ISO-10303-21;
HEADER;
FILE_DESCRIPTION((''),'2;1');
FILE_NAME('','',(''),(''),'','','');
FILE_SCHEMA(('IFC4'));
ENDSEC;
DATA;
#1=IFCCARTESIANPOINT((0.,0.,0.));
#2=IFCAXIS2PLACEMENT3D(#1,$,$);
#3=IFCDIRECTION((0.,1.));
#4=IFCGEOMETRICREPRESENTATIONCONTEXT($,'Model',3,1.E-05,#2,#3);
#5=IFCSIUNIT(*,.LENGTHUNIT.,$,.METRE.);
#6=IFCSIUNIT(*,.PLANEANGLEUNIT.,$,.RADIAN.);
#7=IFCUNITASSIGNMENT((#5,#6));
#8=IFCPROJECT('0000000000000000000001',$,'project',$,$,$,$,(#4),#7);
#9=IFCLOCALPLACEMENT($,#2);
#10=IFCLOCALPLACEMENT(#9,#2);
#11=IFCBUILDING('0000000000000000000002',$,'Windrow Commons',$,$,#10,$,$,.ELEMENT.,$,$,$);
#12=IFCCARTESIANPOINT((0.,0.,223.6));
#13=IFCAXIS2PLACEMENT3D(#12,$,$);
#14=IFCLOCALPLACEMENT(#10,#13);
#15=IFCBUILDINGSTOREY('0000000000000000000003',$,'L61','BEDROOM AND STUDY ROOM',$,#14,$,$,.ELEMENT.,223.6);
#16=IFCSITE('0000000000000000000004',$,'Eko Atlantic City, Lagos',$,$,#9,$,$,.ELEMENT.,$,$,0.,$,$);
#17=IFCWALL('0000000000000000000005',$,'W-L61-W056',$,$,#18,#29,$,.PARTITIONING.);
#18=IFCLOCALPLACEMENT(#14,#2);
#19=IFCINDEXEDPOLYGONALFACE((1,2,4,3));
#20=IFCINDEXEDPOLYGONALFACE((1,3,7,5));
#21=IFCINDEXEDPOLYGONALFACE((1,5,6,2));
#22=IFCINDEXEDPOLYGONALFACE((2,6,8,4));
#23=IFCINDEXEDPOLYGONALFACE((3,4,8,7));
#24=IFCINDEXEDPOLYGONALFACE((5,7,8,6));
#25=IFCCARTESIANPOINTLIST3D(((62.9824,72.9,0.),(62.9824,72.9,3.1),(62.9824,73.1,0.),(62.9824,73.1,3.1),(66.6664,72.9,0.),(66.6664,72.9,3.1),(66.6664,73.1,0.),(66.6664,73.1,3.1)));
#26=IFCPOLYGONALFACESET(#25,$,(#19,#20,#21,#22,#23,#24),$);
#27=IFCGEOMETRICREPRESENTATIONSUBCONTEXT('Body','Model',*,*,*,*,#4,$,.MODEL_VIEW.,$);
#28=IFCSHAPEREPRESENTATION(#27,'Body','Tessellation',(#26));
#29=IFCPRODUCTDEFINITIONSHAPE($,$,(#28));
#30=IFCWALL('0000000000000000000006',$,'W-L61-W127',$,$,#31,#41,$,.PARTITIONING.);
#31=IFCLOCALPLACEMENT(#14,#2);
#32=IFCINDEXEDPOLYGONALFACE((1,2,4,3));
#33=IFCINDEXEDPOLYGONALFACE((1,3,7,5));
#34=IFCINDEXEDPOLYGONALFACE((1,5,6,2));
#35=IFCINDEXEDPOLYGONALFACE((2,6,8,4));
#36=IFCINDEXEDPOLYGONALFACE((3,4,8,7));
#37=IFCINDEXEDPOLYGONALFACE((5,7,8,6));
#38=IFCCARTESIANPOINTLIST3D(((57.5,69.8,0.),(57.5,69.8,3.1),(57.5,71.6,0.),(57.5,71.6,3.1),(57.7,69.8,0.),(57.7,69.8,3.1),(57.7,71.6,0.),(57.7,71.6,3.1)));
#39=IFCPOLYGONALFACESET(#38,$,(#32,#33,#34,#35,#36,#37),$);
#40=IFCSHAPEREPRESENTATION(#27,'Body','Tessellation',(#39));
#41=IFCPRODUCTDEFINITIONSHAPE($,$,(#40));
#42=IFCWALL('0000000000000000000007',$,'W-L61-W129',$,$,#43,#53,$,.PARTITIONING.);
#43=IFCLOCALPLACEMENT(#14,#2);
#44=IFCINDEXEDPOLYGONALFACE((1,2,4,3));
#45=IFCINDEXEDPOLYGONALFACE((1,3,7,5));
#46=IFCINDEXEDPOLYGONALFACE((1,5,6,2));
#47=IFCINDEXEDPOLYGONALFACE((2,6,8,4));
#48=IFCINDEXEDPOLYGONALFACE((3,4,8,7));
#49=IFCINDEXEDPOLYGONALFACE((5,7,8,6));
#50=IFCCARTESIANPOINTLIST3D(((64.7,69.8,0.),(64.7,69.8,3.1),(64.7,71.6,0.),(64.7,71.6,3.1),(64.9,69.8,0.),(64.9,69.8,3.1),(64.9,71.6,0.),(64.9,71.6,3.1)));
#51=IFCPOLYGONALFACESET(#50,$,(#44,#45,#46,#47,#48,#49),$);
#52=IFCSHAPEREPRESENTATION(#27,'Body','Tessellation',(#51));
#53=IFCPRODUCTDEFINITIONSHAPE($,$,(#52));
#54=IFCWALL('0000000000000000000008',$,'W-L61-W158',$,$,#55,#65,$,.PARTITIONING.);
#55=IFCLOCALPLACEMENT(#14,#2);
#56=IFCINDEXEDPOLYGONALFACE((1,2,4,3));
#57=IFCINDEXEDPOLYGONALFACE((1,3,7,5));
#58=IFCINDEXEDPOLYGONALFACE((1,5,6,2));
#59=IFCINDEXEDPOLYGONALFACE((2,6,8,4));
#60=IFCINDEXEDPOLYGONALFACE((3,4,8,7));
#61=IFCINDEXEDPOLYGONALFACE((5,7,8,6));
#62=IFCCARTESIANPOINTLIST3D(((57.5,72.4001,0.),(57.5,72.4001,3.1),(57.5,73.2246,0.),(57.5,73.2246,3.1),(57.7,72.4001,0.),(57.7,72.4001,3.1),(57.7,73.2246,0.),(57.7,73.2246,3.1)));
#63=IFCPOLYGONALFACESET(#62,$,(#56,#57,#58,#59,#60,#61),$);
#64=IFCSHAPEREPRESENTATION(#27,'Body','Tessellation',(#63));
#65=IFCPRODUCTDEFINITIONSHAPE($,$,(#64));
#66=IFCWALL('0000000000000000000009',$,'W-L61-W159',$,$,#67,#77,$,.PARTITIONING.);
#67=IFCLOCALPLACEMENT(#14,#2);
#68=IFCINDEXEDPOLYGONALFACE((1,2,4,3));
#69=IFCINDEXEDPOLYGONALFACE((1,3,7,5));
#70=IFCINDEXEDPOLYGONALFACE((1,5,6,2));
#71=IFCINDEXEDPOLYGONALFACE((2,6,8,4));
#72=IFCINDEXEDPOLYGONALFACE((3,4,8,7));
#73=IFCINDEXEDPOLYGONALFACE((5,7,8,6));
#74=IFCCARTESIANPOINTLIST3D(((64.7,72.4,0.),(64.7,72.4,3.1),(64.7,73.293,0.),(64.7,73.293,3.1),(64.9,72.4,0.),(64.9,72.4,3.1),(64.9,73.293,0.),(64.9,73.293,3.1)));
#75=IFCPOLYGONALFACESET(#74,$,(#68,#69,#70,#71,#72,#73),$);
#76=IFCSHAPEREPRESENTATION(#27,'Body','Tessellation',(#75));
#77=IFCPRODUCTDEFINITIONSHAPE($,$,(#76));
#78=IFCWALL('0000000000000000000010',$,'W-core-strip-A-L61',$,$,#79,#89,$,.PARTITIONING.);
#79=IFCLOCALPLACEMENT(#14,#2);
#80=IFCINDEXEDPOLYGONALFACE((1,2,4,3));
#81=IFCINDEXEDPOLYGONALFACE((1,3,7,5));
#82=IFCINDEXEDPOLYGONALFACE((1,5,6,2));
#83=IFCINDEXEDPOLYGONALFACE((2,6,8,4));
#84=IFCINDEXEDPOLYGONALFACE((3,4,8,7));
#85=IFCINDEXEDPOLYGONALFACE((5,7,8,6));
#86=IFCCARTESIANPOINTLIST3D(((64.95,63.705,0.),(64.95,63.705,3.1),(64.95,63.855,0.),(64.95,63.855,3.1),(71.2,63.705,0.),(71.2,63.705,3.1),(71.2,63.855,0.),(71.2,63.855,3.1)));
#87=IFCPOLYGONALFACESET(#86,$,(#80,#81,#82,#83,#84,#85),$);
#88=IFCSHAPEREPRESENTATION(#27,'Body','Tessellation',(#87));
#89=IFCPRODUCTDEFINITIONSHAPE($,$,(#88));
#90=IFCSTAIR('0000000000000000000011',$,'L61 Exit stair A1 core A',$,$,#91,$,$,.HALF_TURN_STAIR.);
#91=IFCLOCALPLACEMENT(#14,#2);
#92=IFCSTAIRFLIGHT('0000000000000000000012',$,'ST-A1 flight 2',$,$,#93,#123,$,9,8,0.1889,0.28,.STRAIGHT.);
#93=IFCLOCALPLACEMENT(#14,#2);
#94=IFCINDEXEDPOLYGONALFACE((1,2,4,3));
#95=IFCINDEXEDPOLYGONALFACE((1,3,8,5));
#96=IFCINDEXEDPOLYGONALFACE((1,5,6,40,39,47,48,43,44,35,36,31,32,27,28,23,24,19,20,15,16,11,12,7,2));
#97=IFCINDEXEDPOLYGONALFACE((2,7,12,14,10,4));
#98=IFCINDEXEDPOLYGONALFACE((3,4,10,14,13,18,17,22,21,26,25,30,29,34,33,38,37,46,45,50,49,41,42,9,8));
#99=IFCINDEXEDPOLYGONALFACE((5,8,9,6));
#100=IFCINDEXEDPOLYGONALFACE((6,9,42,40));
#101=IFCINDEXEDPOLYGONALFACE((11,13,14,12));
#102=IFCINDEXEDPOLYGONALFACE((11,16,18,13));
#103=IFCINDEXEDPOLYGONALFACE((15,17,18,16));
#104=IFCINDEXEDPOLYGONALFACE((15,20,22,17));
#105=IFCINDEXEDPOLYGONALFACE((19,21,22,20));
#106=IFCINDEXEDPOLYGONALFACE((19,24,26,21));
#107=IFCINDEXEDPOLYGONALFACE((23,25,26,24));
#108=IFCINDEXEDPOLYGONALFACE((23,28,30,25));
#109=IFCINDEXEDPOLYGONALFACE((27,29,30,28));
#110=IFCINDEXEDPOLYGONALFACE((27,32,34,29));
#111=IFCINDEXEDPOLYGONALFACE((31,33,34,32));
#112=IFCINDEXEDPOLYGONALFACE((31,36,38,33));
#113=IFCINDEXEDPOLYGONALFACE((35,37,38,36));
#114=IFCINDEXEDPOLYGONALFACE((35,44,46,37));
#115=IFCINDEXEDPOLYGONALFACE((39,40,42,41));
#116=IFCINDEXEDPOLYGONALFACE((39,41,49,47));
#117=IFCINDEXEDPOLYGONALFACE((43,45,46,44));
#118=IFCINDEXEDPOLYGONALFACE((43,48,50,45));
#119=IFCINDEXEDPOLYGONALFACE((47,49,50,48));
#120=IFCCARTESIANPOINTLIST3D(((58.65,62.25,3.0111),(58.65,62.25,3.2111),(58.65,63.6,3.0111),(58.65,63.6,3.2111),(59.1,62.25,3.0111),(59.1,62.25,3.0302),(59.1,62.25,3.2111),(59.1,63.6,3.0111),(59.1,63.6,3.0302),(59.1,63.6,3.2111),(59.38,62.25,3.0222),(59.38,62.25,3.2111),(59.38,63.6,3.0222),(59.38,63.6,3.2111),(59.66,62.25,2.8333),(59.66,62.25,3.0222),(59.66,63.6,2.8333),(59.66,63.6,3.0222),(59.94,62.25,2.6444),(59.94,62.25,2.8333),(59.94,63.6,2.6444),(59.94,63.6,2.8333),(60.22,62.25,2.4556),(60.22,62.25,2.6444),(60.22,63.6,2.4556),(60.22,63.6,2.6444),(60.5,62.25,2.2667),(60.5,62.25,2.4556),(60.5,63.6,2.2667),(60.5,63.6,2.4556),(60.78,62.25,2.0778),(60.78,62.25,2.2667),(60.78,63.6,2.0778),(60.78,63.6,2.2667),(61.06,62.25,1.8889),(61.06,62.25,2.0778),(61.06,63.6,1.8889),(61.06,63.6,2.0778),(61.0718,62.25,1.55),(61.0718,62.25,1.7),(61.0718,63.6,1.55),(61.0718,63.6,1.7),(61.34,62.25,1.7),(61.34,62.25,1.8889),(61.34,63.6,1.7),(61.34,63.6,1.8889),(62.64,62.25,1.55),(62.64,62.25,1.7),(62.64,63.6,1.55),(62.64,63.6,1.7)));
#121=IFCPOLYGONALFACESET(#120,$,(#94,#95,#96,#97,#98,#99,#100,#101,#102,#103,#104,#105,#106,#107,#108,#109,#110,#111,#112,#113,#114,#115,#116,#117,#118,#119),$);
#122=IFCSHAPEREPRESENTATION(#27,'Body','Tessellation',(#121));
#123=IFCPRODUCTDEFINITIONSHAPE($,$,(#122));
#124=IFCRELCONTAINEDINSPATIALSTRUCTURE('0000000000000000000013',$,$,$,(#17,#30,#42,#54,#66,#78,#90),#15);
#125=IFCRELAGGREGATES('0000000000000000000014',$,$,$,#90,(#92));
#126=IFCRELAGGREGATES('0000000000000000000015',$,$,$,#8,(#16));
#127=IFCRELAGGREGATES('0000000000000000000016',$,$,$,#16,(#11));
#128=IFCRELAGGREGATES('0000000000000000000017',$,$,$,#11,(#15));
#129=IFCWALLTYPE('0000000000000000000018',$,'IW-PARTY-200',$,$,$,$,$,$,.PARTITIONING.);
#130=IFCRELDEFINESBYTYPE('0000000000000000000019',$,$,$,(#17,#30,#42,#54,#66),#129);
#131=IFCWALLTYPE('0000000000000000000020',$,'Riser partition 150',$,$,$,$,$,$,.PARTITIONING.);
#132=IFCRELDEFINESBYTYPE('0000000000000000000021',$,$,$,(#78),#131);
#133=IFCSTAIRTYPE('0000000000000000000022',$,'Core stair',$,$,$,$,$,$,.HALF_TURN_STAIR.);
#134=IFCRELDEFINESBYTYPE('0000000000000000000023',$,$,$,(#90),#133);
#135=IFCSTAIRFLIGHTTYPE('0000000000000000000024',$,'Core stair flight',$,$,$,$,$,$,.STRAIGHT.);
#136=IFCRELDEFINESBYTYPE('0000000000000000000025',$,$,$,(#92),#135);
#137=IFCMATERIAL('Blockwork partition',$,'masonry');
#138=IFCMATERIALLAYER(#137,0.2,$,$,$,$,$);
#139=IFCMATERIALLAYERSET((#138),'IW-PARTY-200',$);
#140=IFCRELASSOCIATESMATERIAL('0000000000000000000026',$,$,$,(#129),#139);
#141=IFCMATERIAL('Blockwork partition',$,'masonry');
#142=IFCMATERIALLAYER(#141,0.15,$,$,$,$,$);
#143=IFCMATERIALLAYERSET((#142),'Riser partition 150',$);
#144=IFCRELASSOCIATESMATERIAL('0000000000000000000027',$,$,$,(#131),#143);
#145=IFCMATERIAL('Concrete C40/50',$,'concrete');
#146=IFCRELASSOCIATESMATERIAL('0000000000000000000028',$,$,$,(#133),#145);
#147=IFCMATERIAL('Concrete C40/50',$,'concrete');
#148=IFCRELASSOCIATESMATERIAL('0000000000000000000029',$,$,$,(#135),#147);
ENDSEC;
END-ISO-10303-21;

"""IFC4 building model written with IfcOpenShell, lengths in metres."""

from ifc_helpers import new_model, si_unit, direction, frame, frame_2d, origin, place, context, subcontext, project, spatial, polyline, rectangle, outline, extrude, material, layer, layer_set, type_object, element, aggregate, save


model = new_model("IFC4")

# Units and contexts
model_context = context("Model", 3, precision=1e-05, world=origin(), true_north=direction((0.0, 1.0)))
body_context = subcontext(model_context, "Body", "Model", "MODEL_VIEW")
ifc_project = project(units=[si_unit("LENGTHUNIT", "METRE"), si_unit("PLANEANGLEUNIT", "RADIAN")], contexts=[model_context])

# Site, building, storey
site_placement = place(None, origin())
site = spatial("IfcSite", under=ifc_project, at=site_placement, Name="Eko Atlantic City, Lagos", CompositionType="ELEMENT", RefElevation=0.0)
building_placement = place(site_placement, origin())
building = spatial("IfcBuilding", under=site, at=building_placement, Name="Windrow Commons", CompositionType="ELEMENT")
storey_placement = place(building_placement, frame((0.0, 0.0, 223.6)))
storey = spatial("IfcBuildingStorey", under=building, at=storey_placement, Name="L61", Description="BEDROOM AND STUDY ROOM", CompositionType="ELEMENT", Elevation=223.6)

# Walls
ifc_material_1 = material(Name="Blockwork partition", Category="masonry")
ifc_layer_1 = layer(ifc_material_1, 0.2)
ifc_layer_set_1 = layer_set([ifc_layer_1], Name="IW-PARTY-200")
wall_type_1 = type_object("IfcWallType", Name="IW-PARTY-200", PredefinedType="PARTITIONING", material=ifc_layer_set_1)
wall_1_placement = place(storey_placement, frame((62.9825, 73.0, 0.0), z_axis=(0.0, 0.0, 1.0), x_axis=(1.0, 0.0, 0.0)))
element("IfcWall", 1, at=wall_1_placement, inside=storey, type_object=wall_type_1, Name="W-L61-W056", PredefinedType="PARTITIONING", context=body_context, shape_type="SweptSolid", body=[
    extrude(rectangle(XDim=3.6839, YDim=0.2, at=frame_2d((1.8419, 0.0))), origin(), (0.0, 0.0, 1.0), 3.1),
])
for number, where, z_axis, x_axis, name in (
    (2, (57.6, 69.8, 0.0), (0.0, 0.0, 1.0), (0.0, 1.0, 0.0), "W-L61-W127"),
    (3, (64.8, 69.8, 0.0), (0.0, 0.0, 1.0), (0.0, 1.0, 0.0), "W-L61-W129"),
):
    element("IfcWall", number, at=place(storey_placement, frame(where, z_axis=z_axis, x_axis=x_axis)), inside=storey, type_object=wall_type_1, Name=name, PredefinedType="PARTITIONING", context=body_context, shape_type="SweptSolid", body=[
        extrude(rectangle(XDim=1.8, YDim=0.2, at=frame_2d((0.9, 0.0))), origin(), (0.0, 0.0, 1.0), 3.1),
    ])
wall_2_placement = place(storey_placement, frame((57.6, 72.4, 0.0), z_axis=(0.0, 0.0, 1.0), x_axis=(0.0, 1.0, 0.0)))
element("IfcWall", 4, at=wall_2_placement, inside=storey, type_object=wall_type_1, Name="W-L61-W158", PredefinedType="PARTITIONING", context=body_context, shape_type="SweptSolid", body=[
    extrude(rectangle(XDim=0.8245, YDim=0.2, at=frame_2d((0.4123, 0.0))), origin(), (0.0, 0.0, 1.0), 3.1),
])
wall_3_placement = place(storey_placement, frame((64.8, 72.4, 0.0), z_axis=(0.0, 0.0, 1.0), x_axis=(0.0, 1.0, 0.0)))
element("IfcWall", 5, at=wall_3_placement, inside=storey, type_object=wall_type_1, Name="W-L61-W159", PredefinedType="PARTITIONING", context=body_context, shape_type="SweptSolid", body=[
    extrude(rectangle(XDim=0.893, YDim=0.2, at=frame_2d((0.4465, 0.0))), origin(), (0.0, 0.0, 1.0), 3.1),
])
ifc_material_2 = material(Name="Blockwork partition", Category="masonry")
ifc_layer_2 = layer(ifc_material_2, 0.15)
ifc_layer_set_2 = layer_set([ifc_layer_2], Name="Riser partition 150")
wall_type_2 = type_object("IfcWallType", Name="Riser partition 150", PredefinedType="PARTITIONING", material=ifc_layer_set_2)
wall_4_placement = place(storey_placement, frame((64.95, 63.78, 0.0), z_axis=(0.0, 0.0, 1.0), x_axis=(1.0, 0.0, 0.0)))
element("IfcWall", 6, at=wall_4_placement, inside=storey, type_object=wall_type_2, Name="W-core-strip-A-L61", PredefinedType="PARTITIONING", context=body_context, shape_type="SweptSolid", body=[
    extrude(rectangle(XDim=6.25, YDim=0.15, at=frame_2d((3.125, 0.0))), origin(), (0.0, 0.0, 1.0), 3.1),
])

# Stair, stair flight
ifc_material_3 = material(Name="Concrete C40/50", Category="concrete")
stair_type = type_object("IfcStairType", Name="Core stair", PredefinedType="HALF_TURN_STAIR", material=ifc_material_3)
stair_placement = place(storey_placement, origin())
stair = element("IfcStair", 7, at=stair_placement, inside=storey, type_object=stair_type, Name="L61 Exit stair A1 core A", PredefinedType="HALF_TURN_STAIR")
ifc_material_4 = material(Name="Concrete C40/50", Category="concrete")
stair_flight_type = type_object("IfcStairFlightType", Name="Core stair flight", PredefinedType="STRAIGHT", material=ifc_material_4)
stair_flight_placement = place(storey_placement, frame((61.34, 62.925, 1.7), z_axis=(0.0, 0.0, 1.0), x_axis=(-1.0, 0.0, 0.0)))
stair_flight = element("IfcStairFlight", 8, at=stair_flight_placement, type_object=stair_flight_type, Name="ST-A1 flight 2", NumberOfRisers=9, NumberOfTreads=8, PredefinedType="STRAIGHT", RiserHeight=0.1889, TreadLength=0.28, context=body_context, shape_type="SweptSolid", body=[
    extrude(outline(polyline([(-1.3, -0.15), (-1.3, 0.0), (0.0, 0.0), (0.0, 0.1889), (0.28, 0.1889), (0.28, 0.3778), (0.56, 0.3778), (0.56, 0.5667), (0.84, 0.5667), (0.84, 0.7556), (1.12, 0.7556), (1.12, 0.9444), (1.4, 0.9444), (1.4, 1.1333), (1.68, 1.1333), (1.68, 1.3222), (1.96, 1.3222), (1.96, 1.5111), (2.24, 1.5111), (2.69, 1.5111), (2.69, 1.3111), (2.24, 1.3111), (2.24, 1.3302), (0.2682, 0.0), (0.2682, -0.15), (-1.3, -0.15)])), frame((0.0, 0.675, 0.0), z_axis=(0.0, -1.0, 0.0), x_axis=(1.0, 0.0, 0.0)), (0.0, 0.0, 1.0), 1.35),
])
aggregate(stair, [stair_flight])

save(model, "model.ifc")
